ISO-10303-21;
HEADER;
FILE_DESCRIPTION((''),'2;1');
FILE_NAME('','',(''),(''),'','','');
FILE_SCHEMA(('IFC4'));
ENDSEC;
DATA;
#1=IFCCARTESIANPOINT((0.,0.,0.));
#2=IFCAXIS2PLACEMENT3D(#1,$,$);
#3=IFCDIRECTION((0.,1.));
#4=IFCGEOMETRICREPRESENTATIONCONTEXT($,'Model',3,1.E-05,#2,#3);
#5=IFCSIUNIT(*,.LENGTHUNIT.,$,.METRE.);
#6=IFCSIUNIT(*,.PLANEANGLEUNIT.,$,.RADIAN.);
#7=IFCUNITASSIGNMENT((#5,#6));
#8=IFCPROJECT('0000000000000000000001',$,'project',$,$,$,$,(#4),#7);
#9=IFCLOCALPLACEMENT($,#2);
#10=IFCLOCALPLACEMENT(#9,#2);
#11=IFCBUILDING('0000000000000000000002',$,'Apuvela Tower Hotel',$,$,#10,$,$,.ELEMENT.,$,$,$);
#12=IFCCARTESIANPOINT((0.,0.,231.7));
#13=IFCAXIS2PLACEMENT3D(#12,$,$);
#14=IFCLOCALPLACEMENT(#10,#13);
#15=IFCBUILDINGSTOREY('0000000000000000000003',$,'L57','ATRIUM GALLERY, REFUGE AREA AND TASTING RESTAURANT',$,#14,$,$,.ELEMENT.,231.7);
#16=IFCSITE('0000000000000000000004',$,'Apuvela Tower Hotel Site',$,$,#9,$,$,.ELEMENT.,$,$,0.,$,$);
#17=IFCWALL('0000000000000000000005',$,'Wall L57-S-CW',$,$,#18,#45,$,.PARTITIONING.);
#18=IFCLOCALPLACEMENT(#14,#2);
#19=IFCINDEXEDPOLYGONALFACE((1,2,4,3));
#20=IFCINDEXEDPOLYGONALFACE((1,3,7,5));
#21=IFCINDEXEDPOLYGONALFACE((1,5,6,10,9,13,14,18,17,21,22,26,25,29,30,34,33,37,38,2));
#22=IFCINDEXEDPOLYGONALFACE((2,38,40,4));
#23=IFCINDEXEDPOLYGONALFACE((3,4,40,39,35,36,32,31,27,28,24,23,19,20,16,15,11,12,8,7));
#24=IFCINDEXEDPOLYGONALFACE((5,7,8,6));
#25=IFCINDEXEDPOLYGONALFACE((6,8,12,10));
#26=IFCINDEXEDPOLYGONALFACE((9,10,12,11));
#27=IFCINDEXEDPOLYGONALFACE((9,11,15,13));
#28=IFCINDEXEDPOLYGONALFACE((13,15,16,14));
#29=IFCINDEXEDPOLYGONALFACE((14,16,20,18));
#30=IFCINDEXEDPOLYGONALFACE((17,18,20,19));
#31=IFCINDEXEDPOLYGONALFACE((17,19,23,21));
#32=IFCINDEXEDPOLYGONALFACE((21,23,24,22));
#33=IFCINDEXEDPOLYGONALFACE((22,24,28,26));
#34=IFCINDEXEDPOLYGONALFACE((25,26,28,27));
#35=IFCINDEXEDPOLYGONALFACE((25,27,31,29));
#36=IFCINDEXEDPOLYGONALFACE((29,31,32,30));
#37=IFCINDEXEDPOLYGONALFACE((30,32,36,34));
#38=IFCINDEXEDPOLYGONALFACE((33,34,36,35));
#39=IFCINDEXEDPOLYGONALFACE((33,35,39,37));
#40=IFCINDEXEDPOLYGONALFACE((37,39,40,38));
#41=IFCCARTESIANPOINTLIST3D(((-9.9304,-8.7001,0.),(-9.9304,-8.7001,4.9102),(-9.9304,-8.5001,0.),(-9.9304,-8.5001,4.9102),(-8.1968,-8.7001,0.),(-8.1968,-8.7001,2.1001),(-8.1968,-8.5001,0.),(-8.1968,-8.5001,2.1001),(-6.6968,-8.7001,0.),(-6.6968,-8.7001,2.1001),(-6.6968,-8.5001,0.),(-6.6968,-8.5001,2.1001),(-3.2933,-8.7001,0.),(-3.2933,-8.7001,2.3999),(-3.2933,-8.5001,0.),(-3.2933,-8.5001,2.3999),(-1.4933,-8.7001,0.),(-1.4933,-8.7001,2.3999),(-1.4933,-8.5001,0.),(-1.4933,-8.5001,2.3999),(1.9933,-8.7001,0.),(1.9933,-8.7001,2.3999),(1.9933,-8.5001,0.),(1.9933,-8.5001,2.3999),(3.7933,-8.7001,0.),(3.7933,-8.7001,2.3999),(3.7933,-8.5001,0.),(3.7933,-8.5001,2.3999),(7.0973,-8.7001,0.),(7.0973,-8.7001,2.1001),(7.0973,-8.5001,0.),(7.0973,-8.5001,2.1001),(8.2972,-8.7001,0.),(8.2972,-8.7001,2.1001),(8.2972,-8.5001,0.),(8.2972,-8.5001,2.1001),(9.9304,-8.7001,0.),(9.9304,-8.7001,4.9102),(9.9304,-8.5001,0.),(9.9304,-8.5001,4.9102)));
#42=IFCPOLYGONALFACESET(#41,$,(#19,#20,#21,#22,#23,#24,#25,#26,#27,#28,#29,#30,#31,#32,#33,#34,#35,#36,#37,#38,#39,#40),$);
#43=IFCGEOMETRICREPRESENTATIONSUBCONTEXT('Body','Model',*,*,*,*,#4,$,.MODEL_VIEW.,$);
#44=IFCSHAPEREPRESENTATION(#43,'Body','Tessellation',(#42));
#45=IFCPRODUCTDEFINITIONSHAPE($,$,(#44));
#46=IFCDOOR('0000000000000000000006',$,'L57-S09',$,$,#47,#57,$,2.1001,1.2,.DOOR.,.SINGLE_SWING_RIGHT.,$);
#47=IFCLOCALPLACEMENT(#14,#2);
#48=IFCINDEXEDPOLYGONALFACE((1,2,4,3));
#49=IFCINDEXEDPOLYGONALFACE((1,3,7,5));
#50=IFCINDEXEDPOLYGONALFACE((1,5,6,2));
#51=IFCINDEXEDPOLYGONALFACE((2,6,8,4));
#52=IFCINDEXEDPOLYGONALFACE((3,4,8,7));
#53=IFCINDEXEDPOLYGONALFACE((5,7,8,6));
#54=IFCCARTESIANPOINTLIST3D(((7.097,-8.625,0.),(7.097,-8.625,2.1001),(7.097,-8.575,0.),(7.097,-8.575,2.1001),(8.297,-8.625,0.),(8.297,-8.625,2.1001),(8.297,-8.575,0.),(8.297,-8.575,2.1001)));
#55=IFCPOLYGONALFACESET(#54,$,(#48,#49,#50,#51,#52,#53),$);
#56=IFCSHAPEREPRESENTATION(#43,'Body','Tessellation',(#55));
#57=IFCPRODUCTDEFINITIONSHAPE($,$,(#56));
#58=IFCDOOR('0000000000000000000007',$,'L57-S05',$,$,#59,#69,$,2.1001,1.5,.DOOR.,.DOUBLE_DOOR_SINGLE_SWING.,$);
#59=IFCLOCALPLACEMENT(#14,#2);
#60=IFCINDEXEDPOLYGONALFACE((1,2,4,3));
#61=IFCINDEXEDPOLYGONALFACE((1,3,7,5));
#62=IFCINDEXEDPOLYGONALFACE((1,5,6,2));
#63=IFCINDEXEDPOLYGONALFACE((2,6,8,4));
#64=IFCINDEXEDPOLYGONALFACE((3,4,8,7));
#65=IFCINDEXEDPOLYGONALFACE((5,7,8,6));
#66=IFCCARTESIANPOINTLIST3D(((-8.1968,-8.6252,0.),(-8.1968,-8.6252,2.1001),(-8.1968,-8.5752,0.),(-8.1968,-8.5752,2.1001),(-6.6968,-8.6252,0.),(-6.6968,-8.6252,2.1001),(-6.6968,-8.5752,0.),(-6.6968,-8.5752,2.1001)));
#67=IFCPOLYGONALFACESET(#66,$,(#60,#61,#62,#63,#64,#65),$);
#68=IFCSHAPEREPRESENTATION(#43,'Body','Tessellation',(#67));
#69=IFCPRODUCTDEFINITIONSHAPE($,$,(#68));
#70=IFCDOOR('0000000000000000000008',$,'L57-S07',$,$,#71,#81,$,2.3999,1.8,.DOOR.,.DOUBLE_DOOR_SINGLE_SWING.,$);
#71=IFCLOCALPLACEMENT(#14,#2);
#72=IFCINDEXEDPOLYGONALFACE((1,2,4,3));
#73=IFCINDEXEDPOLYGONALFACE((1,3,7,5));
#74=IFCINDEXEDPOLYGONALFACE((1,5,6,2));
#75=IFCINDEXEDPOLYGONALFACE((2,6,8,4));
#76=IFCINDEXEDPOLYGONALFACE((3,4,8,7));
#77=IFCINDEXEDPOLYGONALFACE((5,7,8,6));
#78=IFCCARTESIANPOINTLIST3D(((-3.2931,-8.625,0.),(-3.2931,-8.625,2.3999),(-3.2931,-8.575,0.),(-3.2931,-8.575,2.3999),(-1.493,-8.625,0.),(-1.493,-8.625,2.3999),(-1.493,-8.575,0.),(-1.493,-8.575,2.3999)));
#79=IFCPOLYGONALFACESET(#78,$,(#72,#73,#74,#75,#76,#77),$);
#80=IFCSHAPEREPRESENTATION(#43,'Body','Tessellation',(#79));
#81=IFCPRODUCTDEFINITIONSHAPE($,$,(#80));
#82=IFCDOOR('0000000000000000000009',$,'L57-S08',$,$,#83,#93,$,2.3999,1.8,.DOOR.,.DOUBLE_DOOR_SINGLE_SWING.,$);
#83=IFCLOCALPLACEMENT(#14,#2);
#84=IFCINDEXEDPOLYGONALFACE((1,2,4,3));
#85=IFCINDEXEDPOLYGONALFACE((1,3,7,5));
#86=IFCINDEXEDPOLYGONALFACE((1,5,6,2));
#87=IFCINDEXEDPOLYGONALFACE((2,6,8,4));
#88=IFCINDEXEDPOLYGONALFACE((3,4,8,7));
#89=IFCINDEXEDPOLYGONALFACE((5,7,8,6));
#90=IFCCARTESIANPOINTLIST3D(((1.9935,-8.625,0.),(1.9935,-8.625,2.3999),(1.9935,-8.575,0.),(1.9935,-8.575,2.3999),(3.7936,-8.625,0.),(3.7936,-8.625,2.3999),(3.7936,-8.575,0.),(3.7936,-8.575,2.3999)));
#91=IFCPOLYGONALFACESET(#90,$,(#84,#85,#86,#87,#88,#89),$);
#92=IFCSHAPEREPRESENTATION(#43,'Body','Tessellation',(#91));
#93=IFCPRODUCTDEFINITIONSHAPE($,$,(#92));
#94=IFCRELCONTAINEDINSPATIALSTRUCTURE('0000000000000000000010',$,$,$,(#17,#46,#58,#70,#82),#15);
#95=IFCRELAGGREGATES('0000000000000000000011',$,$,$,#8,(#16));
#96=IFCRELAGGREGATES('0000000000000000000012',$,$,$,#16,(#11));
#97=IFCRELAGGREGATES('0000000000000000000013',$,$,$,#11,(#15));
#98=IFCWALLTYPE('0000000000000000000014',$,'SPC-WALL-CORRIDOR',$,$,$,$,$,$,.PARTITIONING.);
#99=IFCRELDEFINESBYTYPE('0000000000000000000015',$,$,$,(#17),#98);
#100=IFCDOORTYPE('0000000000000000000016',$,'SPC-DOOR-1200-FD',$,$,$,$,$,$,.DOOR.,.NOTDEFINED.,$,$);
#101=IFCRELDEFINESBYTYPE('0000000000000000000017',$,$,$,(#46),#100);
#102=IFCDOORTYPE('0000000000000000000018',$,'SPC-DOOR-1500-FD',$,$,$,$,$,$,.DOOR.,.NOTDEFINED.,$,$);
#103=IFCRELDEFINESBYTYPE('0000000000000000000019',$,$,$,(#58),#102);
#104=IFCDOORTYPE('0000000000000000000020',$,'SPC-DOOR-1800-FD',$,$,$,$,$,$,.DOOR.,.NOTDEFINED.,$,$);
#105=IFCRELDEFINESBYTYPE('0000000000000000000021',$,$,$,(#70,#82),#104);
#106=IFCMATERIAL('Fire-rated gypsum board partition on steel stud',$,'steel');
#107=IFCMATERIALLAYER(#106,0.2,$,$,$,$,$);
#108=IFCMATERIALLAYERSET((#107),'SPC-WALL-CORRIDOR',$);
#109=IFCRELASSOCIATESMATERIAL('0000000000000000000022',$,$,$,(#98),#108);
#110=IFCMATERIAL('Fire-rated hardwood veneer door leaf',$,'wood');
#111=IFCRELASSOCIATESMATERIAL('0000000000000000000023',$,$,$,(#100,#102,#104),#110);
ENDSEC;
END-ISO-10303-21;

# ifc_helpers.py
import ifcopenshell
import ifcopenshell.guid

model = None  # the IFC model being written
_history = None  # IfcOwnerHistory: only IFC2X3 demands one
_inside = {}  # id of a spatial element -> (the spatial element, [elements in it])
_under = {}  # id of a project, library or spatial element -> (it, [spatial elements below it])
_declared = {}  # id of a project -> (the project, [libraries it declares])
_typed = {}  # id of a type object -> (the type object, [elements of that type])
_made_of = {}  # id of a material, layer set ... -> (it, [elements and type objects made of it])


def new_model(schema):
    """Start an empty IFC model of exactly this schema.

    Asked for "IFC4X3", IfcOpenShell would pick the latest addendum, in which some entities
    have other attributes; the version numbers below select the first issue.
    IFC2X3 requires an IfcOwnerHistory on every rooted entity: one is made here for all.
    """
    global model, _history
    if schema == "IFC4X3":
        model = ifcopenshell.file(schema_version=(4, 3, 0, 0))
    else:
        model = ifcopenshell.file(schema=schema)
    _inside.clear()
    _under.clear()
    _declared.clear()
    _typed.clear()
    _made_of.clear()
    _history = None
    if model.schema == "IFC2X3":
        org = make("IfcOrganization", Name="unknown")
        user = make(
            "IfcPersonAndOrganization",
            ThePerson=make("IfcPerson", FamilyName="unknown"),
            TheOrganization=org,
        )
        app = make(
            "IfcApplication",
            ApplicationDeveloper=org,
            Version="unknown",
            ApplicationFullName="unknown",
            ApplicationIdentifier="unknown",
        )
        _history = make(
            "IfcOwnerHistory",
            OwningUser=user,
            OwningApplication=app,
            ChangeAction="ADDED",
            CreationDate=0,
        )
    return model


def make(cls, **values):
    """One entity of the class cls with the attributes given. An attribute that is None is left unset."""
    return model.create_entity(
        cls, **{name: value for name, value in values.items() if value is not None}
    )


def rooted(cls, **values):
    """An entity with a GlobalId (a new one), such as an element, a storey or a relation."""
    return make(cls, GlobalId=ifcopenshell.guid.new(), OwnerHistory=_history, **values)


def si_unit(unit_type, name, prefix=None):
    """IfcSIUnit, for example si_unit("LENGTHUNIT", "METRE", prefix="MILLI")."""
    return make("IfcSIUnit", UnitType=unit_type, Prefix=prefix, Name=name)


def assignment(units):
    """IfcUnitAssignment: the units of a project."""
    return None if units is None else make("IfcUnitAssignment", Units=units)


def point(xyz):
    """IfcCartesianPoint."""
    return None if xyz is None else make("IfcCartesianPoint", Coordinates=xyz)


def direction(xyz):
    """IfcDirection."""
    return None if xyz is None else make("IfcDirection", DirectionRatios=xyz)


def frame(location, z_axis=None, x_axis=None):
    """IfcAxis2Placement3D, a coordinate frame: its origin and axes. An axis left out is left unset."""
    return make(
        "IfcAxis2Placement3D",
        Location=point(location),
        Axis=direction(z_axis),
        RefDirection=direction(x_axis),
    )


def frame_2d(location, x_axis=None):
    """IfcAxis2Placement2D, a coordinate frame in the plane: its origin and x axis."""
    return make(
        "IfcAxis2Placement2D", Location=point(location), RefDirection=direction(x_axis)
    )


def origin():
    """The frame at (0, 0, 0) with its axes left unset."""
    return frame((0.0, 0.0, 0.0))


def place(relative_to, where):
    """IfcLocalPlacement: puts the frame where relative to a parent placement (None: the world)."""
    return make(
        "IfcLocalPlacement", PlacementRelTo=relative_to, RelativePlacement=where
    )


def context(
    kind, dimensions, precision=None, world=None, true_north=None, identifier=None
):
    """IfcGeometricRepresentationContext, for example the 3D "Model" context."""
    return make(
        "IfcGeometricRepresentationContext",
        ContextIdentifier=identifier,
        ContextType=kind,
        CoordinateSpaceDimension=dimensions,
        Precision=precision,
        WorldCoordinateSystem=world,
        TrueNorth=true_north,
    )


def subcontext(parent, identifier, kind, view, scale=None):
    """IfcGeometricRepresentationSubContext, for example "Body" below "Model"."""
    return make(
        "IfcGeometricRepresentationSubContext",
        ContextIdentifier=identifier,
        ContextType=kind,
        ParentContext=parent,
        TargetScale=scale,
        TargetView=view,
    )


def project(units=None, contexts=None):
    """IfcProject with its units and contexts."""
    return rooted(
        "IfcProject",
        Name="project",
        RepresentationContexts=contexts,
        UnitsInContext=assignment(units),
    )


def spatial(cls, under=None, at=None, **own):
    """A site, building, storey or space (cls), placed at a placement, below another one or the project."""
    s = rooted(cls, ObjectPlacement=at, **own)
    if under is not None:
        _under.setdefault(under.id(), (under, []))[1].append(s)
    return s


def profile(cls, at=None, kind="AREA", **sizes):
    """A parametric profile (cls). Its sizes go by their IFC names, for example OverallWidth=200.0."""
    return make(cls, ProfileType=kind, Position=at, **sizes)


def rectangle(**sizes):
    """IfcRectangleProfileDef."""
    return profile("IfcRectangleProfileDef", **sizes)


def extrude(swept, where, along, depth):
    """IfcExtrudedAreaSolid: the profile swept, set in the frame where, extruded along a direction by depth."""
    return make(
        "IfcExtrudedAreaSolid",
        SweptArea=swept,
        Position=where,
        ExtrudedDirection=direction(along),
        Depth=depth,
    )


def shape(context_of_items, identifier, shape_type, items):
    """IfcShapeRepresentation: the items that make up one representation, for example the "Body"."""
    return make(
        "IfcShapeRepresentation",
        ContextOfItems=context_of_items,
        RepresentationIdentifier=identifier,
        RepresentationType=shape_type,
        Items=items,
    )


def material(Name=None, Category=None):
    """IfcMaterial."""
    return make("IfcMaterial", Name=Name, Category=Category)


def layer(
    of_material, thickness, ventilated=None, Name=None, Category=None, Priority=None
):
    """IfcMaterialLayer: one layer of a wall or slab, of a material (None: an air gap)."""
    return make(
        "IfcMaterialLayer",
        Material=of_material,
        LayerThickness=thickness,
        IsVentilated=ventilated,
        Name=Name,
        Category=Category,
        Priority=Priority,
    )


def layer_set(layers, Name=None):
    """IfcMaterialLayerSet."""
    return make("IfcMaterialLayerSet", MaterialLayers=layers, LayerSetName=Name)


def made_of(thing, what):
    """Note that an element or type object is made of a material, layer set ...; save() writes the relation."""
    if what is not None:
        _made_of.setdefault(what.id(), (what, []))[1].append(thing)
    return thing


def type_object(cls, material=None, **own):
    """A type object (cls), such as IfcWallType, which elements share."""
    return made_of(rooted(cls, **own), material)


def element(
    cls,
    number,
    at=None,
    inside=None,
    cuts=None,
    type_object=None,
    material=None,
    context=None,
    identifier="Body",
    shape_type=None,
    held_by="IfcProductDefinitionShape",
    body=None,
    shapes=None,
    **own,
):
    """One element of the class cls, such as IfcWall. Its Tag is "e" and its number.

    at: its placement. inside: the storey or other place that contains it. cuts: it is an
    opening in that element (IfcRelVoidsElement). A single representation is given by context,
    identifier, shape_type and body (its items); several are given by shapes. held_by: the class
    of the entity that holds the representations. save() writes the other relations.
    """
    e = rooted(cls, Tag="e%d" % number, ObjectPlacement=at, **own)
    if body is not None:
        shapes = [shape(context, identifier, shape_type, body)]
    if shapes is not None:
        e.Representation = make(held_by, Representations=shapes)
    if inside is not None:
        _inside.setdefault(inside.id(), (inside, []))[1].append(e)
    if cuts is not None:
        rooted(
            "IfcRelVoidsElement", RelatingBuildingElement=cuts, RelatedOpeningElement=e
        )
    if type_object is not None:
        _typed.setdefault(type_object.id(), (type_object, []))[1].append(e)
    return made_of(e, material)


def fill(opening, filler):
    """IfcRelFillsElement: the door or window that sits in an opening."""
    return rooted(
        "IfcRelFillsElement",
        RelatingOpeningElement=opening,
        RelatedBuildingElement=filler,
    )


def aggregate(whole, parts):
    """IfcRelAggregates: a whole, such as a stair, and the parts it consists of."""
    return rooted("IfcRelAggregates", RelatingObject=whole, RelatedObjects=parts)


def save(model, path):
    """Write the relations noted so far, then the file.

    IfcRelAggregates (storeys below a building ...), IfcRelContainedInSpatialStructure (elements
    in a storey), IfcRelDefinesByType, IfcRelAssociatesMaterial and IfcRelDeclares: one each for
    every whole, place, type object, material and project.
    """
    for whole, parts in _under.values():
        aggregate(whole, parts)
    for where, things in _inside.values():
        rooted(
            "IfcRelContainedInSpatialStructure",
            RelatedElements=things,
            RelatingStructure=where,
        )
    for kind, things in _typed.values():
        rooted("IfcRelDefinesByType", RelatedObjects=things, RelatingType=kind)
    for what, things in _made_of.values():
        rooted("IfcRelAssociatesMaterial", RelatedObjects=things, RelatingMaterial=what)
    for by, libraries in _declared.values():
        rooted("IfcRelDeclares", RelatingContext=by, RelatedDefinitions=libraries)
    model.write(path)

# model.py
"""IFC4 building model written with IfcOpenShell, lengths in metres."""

from ifc_helpers import new_model, si_unit, direction, frame, frame_2d, origin, place, context, subcontext, project, spatial, rectangle, extrude, material, layer, layer_set, type_object, element, fill, save


model = new_model("IFC4")

# Units and contexts
model_context = context("Model", 3, precision=1e-05, world=origin(), true_north=direction((0.0, 1.0)))
body_context = subcontext(model_context, "Body", "Model", "MODEL_VIEW")
ifc_project = project(units=[si_unit("LENGTHUNIT", "METRE"), si_unit("PLANEANGLEUNIT", "RADIAN")], contexts=[model_context])

# Site, building, storey
site_placement = place(None, origin())
site = spatial("IfcSite", under=ifc_project, at=site_placement, Name="Apuvela Tower Hotel Site", CompositionType="ELEMENT", RefElevation=0.0)
building_placement = place(site_placement, origin())
building = spatial("IfcBuilding", under=site, at=building_placement, Name="Apuvela Tower Hotel", CompositionType="ELEMENT")
storey_placement = place(building_placement, frame((0.0, 0.0, 231.7)))
storey = spatial("IfcBuildingStorey", under=building, at=storey_placement, Name="L57", Description="ATRIUM GALLERY, REFUGE AREA AND TASTING RESTAURANT", CompositionType="ELEMENT", Elevation=231.7)

# Wall, openings, doors
ifc_material_1 = material(Name="Fire-rated gypsum board partition on steel stud", Category="steel")
ifc_layer_1 = layer(ifc_material_1, 0.2)
ifc_layer_set_1 = layer_set([ifc_layer_1], Name="SPC-WALL-CORRIDOR")
wall_type_1 = type_object("IfcWallType", Name="SPC-WALL-CORRIDOR", PredefinedType="PARTITIONING", material=ifc_layer_set_1)
wall_1_placement = place(storey_placement, frame((-9.9304, -8.6001, 0.0), z_axis=(0.0, 0.0, 1.0), x_axis=(1.0, 0.0, 0.0)))
wall_1 = element("IfcWall", 1, at=wall_1_placement, inside=storey, type_object=wall_type_1, Name="Wall L57-S-CW", PredefinedType="PARTITIONING", context=body_context, shape_type="SweptSolid", body=[
    extrude(rectangle(XDim=19.8608, YDim=0.2, at=frame_2d((9.9304, 0.0))), origin(), (0.0, 0.0, 1.0), 4.9102),
])
opening_1_placement = place(wall_1_placement, frame((1.7336, 0.0, 0.0)))
opening_1 = element("IfcOpeningElement", 2, at=opening_1_placement, cuts=wall_1, PredefinedType="OPENING", context=body_context, shape_type="SweptSolid", body=[
    extrude(rectangle(XDim=1.5, YDim=2.1001, at=frame_2d((0.75, 1.05))), frame((0.0, 0.1099, 0.0), z_axis=(0.0, -1.0, 0.0), x_axis=(1.0, 0.0, 0.0)), (0.0, 0.0, 1.0), 0.22),
])
opening_2_placement = place(wall_1_placement, frame((6.6372, 0.0, 0.0)))
opening_2 = element("IfcOpeningElement", 3, at=opening_2_placement, cuts=wall_1, PredefinedType="OPENING", context=body_context, shape_type="SweptSolid", body=[
    extrude(rectangle(XDim=1.8, YDim=2.3999, at=frame_2d((0.8999, 1.2))), frame((0.0, 0.1099, 0.0), z_axis=(0.0, -1.0, 0.0), x_axis=(1.0, 0.0, 0.0)), (0.0, 0.0, 1.0), 0.22),
])
opening_3_placement = place(wall_1_placement, frame((11.9238, 0.0, 0.0)))
opening_3 = element("IfcOpeningElement", 4, at=opening_3_placement, cuts=wall_1, PredefinedType="OPENING", context=body_context, shape_type="SweptSolid", body=[
    extrude(rectangle(XDim=1.8, YDim=2.3999, at=frame_2d((0.8999, 1.2))), frame((0.0, 0.1099, 0.0), z_axis=(0.0, -1.0, 0.0), x_axis=(1.0, 0.0, 0.0)), (0.0, 0.0, 1.0), 0.22),
])
opening_4_placement = place(wall_1_placement, frame((17.0276, 0.0, 0.0)))
opening_4 = element("IfcOpeningElement", 5, at=opening_4_placement, cuts=wall_1, PredefinedType="OPENING", context=body_context, shape_type="SweptSolid", body=[
    extrude(rectangle(XDim=1.2, YDim=2.1001, at=frame_2d((0.6001, 1.05))), frame((0.0, 0.1099, 0.0), z_axis=(0.0, -1.0, 0.0), x_axis=(1.0, 0.0, 0.0)), (0.0, 0.0, 1.0), 0.22),
])
ifc_material_2 = material(Name="Fire-rated hardwood veneer door leaf", Category="wood")
door_type_1 = type_object("IfcDoorType", Name="SPC-DOOR-1200-FD", OperationType="NOTDEFINED", PredefinedType="DOOR", material=ifc_material_2)
door_1_placement = place(opening_4_placement, frame((1.2, 0.0, 0.0), z_axis=(0.0, 0.0, 1.0), x_axis=(-1.0, 0.0, 0.0)))
door_1 = element("IfcDoor", 6, at=door_1_placement, inside=storey, type_object=door_type_1, Name="L57-S09", OperationType="SINGLE_SWING_RIGHT", OverallHeight=2.1001, OverallWidth=1.2, PredefinedType="DOOR", context=body_context, shape_type="SweptSolid", body=[
    extrude(rectangle(XDim=1.2, YDim=2.1001, at=frame_2d((0.6001, 1.05))), frame((0.0, 0.0249, 0.0), z_axis=(0.0, -1.0, 0.0), x_axis=(1.0, 0.0, 0.0)), (0.0, 0.0, 1.0), 0.05),
])
fill(opening_4, door_1)
door_type_2 = type_object("IfcDoorType", Name="SPC-DOOR-1500-FD", OperationType="NOTDEFINED", PredefinedType="DOOR", material=ifc_material_2)
door_2_placement = place(opening_1_placement, origin())
door_2 = element("IfcDoor", 7, at=door_2_placement, inside=storey, type_object=door_type_2, Name="L57-S05", OperationType="DOUBLE_DOOR_SINGLE_SWING", OverallHeight=2.1001, OverallWidth=1.5, PredefinedType="DOOR", context=body_context, shape_type="SweptSolid", body=[
    extrude(rectangle(XDim=1.5, YDim=2.1001, at=frame_2d((0.75, 1.05))), frame((0.0, 0.0249, 0.0), z_axis=(0.0, -1.0, 0.0), x_axis=(1.0, 0.0, 0.0)), (0.0, 0.0, 1.0), 0.05),
])
fill(opening_1, door_2)
door_type_3 = type_object("IfcDoorType", Name="SPC-DOOR-1800-FD", OperationType="NOTDEFINED", PredefinedType="DOOR", material=ifc_material_2)
door_3_placement = place(opening_2_placement, frame((1.8, 0.0, 0.0), z_axis=(0.0, 0.0, 1.0), x_axis=(-1.0, 0.0, 0.0)))
door_3 = element("IfcDoor", 8, at=door_3_placement, inside=storey, type_object=door_type_3, Name="L57-S07", OperationType="DOUBLE_DOOR_SINGLE_SWING", OverallHeight=2.3999, OverallWidth=1.8, PredefinedType="DOOR", context=body_context, shape_type="SweptSolid", body=[
    extrude(rectangle(XDim=1.8, YDim=2.3999, at=frame_2d((0.8999, 1.2))), frame((0.0, 0.0249, 0.0), z_axis=(0.0, -1.0, 0.0), x_axis=(1.0, 0.0, 0.0)), (0.0, 0.0, 1.0), 0.05),
])
fill(opening_2, door_3)
door_4_placement = place(opening_3_placement, frame((1.8, 0.0, 0.0), z_axis=(0.0, 0.0, 1.0), x_axis=(-1.0, 0.0, 0.0)))
door_4 = element("IfcDoor", 9, at=door_4_placement, inside=storey, type_object=door_type_3, Name="L57-S08", OperationType="DOUBLE_DOOR_SINGLE_SWING", OverallHeight=2.3999, OverallWidth=1.8, PredefinedType="DOOR", context=body_context, shape_type="SweptSolid", body=[
    extrude(rectangle(XDim=1.8, YDim=2.3999, at=frame_2d((0.8999, 1.2))), frame((0.0, 0.0249, 0.0), z_axis=(0.0, -1.0, 0.0), x_axis=(1.0, 0.0, 0.0)), (0.0, 0.0, 1.0), 0.05),
])
fill(opening_3, door_4)

save(model, "model.ifc")
